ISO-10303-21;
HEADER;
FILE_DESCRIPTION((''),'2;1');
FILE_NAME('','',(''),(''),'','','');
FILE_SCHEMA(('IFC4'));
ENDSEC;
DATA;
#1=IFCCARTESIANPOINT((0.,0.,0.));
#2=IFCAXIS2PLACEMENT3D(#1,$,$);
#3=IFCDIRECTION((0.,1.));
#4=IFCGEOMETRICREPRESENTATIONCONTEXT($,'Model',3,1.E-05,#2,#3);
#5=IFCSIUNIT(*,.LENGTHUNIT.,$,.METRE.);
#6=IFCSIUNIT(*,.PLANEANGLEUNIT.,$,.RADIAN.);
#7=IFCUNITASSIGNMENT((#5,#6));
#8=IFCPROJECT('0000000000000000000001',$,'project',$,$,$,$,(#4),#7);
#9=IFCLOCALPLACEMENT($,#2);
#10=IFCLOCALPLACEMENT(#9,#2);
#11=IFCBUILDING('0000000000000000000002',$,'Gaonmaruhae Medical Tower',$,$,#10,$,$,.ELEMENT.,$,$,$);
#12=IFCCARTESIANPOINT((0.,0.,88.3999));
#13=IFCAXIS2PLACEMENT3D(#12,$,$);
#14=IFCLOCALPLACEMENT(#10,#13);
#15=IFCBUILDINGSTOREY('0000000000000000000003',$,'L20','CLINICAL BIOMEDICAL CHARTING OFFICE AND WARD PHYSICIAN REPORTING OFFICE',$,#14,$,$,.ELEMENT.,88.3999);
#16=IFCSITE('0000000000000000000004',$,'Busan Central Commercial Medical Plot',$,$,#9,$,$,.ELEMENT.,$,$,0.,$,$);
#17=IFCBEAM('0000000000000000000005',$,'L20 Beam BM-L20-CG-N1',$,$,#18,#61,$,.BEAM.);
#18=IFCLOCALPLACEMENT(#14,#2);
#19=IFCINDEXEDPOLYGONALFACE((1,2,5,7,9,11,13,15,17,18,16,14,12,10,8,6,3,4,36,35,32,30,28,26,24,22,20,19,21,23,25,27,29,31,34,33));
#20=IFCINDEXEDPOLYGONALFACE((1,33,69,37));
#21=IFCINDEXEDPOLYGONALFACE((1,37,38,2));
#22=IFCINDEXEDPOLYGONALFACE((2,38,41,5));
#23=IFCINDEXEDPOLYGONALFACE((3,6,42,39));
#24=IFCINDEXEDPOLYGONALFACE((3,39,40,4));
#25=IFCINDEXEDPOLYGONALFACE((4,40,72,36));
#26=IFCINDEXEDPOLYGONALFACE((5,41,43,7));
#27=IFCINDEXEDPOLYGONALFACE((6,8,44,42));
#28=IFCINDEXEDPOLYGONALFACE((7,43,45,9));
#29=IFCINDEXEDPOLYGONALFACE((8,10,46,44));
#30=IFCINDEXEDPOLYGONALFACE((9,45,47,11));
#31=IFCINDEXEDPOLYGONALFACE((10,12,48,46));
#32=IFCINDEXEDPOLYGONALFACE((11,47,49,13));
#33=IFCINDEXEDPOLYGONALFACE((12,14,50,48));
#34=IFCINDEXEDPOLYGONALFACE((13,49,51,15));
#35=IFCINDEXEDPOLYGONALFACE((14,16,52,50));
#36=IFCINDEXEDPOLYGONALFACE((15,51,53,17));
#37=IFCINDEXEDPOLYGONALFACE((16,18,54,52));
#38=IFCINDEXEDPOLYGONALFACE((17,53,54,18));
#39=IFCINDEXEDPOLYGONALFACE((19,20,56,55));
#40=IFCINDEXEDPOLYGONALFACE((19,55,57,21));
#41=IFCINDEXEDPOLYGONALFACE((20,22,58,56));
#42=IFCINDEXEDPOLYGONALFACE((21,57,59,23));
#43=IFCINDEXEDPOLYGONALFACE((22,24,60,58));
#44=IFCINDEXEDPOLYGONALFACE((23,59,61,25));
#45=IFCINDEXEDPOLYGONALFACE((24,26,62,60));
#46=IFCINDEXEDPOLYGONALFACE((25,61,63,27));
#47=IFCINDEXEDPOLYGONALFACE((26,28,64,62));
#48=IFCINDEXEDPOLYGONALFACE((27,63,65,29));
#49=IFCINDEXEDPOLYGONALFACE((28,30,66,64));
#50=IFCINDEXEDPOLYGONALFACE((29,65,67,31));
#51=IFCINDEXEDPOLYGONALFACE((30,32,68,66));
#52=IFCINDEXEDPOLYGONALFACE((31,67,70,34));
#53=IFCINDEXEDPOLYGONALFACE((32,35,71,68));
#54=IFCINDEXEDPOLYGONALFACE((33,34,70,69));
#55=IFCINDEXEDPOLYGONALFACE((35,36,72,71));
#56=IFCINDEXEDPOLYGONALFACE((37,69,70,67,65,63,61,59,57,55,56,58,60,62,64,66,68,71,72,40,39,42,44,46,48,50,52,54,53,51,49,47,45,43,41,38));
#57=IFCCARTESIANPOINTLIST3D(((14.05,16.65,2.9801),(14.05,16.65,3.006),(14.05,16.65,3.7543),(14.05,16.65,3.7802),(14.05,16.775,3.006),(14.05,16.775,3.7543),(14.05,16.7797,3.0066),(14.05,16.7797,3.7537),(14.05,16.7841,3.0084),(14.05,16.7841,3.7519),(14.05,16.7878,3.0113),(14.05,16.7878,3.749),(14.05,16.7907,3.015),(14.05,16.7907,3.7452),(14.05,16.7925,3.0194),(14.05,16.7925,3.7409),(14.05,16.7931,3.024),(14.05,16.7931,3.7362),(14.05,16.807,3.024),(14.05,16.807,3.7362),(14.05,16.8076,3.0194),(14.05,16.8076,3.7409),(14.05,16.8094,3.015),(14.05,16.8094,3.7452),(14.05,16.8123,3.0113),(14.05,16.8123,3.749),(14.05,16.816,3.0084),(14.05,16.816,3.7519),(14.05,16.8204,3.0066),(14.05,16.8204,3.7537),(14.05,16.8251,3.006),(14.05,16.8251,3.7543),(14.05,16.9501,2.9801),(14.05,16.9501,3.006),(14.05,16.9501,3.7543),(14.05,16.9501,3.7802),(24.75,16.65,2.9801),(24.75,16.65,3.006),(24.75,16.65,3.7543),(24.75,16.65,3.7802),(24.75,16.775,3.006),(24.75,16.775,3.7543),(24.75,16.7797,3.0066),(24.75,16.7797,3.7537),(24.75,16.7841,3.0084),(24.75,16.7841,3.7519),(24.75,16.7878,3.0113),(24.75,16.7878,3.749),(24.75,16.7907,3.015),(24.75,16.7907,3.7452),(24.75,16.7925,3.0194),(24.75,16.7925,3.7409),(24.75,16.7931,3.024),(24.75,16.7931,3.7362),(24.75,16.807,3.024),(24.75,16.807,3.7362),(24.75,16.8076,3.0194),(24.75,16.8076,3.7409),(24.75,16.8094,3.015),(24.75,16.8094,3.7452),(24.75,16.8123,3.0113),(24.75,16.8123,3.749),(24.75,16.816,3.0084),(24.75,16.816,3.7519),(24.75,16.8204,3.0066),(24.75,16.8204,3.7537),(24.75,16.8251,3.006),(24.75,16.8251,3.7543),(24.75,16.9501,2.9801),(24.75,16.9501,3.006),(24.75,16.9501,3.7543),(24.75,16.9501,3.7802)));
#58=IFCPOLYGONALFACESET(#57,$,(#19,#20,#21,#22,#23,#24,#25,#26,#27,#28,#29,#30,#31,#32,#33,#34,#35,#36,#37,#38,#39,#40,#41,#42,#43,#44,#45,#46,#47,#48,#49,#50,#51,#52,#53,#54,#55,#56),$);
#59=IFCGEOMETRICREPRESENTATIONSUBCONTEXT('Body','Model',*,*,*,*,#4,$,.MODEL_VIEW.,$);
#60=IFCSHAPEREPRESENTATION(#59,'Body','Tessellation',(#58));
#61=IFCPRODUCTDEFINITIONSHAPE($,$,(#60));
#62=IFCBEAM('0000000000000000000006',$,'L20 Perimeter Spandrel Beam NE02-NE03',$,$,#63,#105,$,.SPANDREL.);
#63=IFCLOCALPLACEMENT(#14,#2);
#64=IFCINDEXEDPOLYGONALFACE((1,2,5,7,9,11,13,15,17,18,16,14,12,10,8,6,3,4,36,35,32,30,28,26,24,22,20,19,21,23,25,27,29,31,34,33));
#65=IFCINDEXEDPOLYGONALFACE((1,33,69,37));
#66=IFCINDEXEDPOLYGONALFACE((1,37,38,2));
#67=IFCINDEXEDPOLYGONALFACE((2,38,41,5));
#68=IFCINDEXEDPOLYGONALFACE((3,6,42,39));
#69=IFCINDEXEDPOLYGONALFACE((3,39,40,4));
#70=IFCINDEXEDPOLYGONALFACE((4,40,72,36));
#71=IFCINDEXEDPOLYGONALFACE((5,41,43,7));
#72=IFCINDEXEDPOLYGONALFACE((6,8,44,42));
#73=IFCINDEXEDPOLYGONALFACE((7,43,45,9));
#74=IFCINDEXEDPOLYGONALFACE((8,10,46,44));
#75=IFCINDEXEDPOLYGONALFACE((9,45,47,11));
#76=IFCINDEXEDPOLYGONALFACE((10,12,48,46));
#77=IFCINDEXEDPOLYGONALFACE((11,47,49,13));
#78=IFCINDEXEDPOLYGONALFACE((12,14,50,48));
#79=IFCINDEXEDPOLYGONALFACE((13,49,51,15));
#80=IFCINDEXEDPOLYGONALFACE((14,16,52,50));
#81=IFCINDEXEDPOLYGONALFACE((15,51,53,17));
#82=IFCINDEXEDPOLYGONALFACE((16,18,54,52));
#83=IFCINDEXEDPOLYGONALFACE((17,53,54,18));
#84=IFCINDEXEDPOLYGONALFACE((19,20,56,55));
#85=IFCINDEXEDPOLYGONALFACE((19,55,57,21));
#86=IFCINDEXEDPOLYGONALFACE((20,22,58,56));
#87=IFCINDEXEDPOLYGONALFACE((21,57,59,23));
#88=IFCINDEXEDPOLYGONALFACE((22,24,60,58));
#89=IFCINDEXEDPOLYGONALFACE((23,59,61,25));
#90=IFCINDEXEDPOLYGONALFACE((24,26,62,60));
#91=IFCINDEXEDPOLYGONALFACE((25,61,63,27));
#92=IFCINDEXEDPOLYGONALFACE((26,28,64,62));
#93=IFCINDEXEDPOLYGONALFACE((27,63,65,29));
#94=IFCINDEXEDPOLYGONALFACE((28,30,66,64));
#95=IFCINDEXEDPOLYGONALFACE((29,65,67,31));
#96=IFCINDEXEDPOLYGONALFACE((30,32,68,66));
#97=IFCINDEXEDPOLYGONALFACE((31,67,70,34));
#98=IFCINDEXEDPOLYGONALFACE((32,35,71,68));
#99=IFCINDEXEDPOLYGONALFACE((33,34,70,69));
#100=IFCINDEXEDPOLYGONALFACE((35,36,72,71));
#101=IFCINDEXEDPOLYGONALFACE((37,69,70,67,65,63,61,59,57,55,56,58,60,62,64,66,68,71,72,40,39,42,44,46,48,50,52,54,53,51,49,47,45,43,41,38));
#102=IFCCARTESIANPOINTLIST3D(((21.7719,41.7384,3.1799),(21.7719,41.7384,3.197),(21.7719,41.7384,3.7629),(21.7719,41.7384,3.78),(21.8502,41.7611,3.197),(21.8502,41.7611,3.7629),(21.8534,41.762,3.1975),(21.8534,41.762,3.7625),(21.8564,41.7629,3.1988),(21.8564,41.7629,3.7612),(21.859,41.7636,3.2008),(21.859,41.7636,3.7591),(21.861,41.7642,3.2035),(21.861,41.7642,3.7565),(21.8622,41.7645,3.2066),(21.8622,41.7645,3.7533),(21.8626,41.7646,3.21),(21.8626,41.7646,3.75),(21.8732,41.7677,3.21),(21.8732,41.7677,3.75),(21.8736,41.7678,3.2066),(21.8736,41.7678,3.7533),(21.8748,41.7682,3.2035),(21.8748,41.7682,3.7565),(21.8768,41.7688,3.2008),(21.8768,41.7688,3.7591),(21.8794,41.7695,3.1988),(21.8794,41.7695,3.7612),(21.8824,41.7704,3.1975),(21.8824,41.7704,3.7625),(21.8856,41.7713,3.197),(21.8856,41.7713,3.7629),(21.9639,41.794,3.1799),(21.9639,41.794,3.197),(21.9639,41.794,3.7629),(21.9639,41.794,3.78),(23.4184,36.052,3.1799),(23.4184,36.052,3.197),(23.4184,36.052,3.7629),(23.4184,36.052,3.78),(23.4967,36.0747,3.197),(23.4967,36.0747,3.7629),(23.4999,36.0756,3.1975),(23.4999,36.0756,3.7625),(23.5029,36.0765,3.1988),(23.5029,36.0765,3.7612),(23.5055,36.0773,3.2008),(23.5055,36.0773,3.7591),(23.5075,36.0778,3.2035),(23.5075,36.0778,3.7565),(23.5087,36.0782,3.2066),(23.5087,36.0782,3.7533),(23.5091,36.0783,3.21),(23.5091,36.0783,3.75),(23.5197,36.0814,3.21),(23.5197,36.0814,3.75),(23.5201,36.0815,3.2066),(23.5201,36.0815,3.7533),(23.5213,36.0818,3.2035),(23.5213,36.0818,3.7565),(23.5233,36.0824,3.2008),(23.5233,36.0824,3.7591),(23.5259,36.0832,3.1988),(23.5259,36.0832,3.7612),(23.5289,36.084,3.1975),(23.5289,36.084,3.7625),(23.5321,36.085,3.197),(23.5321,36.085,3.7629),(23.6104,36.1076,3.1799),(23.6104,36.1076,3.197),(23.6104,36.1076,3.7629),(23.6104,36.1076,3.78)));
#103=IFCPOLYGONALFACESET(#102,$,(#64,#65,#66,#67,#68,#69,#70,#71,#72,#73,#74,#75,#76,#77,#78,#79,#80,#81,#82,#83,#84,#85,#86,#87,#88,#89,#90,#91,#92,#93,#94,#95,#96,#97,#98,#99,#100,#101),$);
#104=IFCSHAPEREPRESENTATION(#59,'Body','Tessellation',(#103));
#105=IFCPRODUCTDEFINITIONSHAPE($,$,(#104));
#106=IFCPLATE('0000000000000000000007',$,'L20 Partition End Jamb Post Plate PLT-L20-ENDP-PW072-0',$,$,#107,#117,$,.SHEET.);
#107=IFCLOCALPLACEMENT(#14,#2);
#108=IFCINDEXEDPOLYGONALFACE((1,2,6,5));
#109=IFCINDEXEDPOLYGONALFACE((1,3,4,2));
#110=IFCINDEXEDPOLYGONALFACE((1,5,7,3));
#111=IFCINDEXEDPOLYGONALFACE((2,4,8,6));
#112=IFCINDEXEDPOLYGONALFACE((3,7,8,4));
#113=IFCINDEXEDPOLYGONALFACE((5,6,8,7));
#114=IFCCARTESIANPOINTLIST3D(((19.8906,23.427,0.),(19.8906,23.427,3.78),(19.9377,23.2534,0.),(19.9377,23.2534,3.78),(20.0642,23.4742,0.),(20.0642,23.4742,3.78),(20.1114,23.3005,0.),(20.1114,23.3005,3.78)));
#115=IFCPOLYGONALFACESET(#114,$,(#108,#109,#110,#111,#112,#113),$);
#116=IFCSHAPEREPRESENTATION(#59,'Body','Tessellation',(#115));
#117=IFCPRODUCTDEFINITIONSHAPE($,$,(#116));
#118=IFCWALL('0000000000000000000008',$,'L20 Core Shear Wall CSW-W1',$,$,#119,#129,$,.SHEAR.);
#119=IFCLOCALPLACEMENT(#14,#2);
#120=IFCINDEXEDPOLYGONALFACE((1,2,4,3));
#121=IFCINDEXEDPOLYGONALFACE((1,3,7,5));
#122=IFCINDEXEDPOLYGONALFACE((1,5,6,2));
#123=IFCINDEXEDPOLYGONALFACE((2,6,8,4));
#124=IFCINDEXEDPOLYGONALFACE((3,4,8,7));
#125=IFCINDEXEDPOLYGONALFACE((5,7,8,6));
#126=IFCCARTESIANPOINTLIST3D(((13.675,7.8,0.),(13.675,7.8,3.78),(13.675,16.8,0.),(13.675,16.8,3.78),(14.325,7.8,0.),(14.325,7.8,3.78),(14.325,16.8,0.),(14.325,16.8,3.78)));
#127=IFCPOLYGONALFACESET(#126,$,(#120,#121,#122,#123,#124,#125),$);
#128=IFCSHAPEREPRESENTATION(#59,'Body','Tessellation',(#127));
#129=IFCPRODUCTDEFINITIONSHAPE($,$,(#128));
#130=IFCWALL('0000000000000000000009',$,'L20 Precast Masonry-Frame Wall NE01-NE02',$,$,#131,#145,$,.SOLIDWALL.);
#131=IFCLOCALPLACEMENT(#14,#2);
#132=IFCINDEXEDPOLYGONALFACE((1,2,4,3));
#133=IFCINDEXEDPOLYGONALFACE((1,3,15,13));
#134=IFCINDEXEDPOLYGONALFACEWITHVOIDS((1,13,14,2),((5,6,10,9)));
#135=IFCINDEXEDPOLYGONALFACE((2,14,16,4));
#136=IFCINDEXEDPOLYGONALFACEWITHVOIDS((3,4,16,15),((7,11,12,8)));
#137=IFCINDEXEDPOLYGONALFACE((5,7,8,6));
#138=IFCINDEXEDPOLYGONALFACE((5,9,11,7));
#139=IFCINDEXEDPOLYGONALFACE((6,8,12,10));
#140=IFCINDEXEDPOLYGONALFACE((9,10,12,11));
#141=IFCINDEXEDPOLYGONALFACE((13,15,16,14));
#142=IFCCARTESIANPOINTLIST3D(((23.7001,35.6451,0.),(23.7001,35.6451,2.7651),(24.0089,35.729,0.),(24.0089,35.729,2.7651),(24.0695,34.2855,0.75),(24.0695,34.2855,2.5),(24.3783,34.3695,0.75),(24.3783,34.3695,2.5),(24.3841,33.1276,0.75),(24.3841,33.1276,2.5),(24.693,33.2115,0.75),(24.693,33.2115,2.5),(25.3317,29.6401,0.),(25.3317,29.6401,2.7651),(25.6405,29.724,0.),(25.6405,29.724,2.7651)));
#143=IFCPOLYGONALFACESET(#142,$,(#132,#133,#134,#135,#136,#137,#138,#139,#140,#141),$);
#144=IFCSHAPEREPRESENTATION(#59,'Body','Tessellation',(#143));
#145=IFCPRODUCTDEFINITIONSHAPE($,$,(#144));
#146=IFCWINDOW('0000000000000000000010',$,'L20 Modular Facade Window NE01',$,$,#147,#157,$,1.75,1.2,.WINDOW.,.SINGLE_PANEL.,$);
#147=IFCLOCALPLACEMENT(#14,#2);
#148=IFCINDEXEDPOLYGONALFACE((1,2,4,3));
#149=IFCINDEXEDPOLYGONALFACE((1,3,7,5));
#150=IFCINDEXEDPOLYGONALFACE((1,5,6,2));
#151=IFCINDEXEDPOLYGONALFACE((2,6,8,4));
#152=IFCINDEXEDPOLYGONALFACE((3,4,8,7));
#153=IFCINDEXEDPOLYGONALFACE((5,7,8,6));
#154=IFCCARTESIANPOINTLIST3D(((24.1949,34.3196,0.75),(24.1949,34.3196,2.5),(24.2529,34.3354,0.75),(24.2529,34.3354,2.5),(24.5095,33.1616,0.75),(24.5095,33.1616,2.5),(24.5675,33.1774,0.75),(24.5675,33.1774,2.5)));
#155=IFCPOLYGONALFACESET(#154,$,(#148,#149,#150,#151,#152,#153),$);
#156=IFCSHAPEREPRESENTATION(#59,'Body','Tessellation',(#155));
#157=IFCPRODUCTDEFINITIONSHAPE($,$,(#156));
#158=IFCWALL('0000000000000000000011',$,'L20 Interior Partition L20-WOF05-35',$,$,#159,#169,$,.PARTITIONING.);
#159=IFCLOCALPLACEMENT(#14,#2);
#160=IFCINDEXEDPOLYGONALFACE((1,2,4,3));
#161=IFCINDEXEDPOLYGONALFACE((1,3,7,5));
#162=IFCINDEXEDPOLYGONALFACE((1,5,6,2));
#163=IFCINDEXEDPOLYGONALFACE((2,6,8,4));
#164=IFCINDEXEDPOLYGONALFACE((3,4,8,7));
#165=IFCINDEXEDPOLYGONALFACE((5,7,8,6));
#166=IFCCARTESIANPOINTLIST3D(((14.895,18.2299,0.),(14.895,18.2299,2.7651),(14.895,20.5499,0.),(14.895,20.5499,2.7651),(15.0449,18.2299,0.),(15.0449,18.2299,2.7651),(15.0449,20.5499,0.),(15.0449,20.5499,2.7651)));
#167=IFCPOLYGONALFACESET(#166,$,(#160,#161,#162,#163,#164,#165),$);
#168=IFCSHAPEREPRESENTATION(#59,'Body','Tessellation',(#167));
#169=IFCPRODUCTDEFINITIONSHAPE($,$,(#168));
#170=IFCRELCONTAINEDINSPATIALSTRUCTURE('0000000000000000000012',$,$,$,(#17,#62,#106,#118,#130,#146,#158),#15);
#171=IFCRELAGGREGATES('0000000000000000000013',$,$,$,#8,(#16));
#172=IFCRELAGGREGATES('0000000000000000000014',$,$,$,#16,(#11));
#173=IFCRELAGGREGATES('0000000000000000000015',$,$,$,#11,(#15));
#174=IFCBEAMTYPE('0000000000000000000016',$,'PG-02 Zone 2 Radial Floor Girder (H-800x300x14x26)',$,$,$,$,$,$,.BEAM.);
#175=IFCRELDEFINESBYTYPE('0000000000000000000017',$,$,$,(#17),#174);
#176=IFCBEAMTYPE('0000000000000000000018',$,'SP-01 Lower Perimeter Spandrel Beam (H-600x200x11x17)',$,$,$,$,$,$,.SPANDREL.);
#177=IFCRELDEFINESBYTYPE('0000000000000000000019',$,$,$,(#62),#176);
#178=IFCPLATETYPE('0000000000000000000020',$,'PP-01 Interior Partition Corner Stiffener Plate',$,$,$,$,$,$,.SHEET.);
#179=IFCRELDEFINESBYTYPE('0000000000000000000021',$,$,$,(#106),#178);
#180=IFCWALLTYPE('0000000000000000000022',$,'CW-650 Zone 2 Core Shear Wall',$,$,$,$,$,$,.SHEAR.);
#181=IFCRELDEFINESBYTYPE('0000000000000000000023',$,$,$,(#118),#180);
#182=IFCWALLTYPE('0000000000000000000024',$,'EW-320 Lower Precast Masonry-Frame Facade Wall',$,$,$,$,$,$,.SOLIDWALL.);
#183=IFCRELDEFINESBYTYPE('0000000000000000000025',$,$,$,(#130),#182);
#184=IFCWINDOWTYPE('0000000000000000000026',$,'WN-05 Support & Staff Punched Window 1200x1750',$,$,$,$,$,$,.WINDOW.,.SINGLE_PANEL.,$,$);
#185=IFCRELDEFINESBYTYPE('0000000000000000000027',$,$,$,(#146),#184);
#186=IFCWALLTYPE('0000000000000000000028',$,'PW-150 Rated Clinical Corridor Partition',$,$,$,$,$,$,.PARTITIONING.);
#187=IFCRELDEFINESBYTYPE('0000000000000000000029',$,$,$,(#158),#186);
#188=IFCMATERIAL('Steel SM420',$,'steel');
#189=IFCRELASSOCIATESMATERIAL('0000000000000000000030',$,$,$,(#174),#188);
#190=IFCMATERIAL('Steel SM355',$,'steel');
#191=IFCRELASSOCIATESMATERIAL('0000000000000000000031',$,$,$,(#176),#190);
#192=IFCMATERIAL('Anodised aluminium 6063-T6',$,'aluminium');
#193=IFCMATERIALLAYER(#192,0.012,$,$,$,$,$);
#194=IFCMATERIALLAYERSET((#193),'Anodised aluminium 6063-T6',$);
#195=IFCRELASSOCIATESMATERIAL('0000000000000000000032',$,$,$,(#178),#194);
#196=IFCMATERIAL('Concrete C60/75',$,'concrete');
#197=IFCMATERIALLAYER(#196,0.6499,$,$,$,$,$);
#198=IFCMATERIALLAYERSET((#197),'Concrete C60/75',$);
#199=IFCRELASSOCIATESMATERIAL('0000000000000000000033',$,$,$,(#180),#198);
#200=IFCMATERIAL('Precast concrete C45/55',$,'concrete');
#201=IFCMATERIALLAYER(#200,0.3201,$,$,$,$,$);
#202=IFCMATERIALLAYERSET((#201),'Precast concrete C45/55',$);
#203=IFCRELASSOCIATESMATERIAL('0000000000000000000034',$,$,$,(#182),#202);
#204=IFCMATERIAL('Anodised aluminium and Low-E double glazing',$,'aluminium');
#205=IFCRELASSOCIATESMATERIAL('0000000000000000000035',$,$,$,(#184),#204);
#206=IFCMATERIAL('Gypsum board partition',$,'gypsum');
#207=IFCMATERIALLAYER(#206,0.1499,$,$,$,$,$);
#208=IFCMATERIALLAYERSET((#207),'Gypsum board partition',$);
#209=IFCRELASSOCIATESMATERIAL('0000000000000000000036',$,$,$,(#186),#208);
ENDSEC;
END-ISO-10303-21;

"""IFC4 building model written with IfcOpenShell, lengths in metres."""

from ifc_helpers import new_model, si_unit, direction, frame, frame_2d, origin, origin_2d, place, context, subcontext, project, spatial, rectangle, i_section, extrude, material, layer, layer_set, material_profile, profile_set, type_object, element, fill, save


model = new_model("IFC4")

# Units and contexts
model_context = context("Model", 3, precision=1e-05, world=origin(), true_north=direction((0.0, 1.0)))
body_context = subcontext(model_context, "Body", "Model", "MODEL_VIEW")
ifc_project = project(units=[si_unit("LENGTHUNIT", "METRE"), si_unit("PLANEANGLEUNIT", "RADIAN")], contexts=[model_context])

# Site, building, storey
site_placement = place(None, origin())
site = spatial("IfcSite", under=ifc_project, at=site_placement, Name="Busan Central Commercial Medical Plot", CompositionType="ELEMENT", RefElevation=0.0)
building_placement = place(site_placement, origin())
building = spatial("IfcBuilding", under=site, at=building_placement, Name="Gaonmaruhae Medical Tower", CompositionType="ELEMENT")
storey_placement = place(building_placement, frame((0.0, 0.0, 88.3999)))
storey = spatial("IfcBuildingStorey", under=building, at=storey_placement, Name="L20", Description="CLINICAL BIOMEDICAL CHARTING OFFICE AND WARD PHYSICIAN REPORTING OFFICE", CompositionType="ELEMENT", Elevation=88.3999)

# Shared definitions
ifc_material_1 = material(Name="Concrete C60/75", Category="concrete")

# Beams
ifc_material_2 = material(Name="Steel SM420", Category="steel")
ifc_material_3 = material(Name="Steel SM355", Category="steel")
ifc_material_profile_1 = material_profile(ifc_material_2, i_section(OverallWidth=0.3, OverallDepth=0.8, WebThickness=0.0139, FlangeThickness=0.0259, FilletRadius=0.0181, at=origin_2d()), Name="H-800x300x14x26")
ifc_profile_set_1 = profile_set([ifc_material_profile_1], Name="Steel SM420")
beam_type_1 = type_object("IfcBeamType", Name="PG-02 Zone 2 Radial Floor Girder (H-800x300x14x26)", PredefinedType="BEAM", material=ifc_profile_set_1)
beam_1_placement = place(storey_placement, frame((14.05, 16.8, 3.3801), z_axis=(1.0, 0.0, 0.0), x_axis=(0.0, 1.0, 0.0)))
element("IfcBeam", 1, at=beam_1_placement, inside=storey, type_object=beam_type_1, Name="L20 Beam BM-L20-CG-N1", PredefinedType="BEAM", context=body_context, shape_type="SweptSolid", body=[
    extrude(i_section(OverallWidth=0.3, OverallDepth=0.8, WebThickness=0.0139, FlangeThickness=0.0259, FilletRadius=0.0181, at=origin_2d()), origin(), (0.0, 0.0, 1.0), 10.7),
])
ifc_material_profile_2 = material_profile(ifc_material_3, i_section(OverallWidth=0.2, OverallDepth=0.6001, WebThickness=0.011, FlangeThickness=0.0171, FilletRadius=0.0129, at=origin_2d()), Name="H-600x200x11x17")
ifc_profile_set_2 = profile_set([ifc_material_profile_2], Name="Steel SM355")
beam_type_2 = type_object("IfcBeamType", Name="SP-01 Lower Perimeter Spandrel Beam (H-600x200x11x17)", PredefinedType="SPANDREL", material=ifc_profile_set_2)
beam_2_placement = place(storey_placement, frame((23.5144, 36.0798, 3.48), z_axis=(-0.278129, 0.960544, 0.0), x_axis=(-0.960544, -0.278129, 0.0)))
element("IfcBeam", 2, at=beam_2_placement, inside=storey, type_object=beam_type_2, Name="L20 Perimeter Spandrel Beam NE02-NE03", PredefinedType="SPANDREL", context=body_context, shape_type="SweptSolid", body=[
    extrude(i_section(OverallWidth=0.2, OverallDepth=0.6001, WebThickness=0.011, FlangeThickness=0.0171, FilletRadius=0.0129, at=origin_2d()), origin(), (0.0, 0.0, 1.0), 5.9199),
])

# Plate
ifc_material_4 = material(Name="Anodised aluminium 6063-T6", Category="aluminium")
ifc_layer_1 = layer(ifc_material_4, 0.012)
ifc_layer_set_1 = layer_set([ifc_layer_1], Name="Anodised aluminium 6063-T6")
plate_type = type_object("IfcPlateType", Name="PP-01 Interior Partition Corner Stiffener Plate", PredefinedType="SHEET", material=ifc_layer_set_1)
plate_placement = place(storey_placement, frame((20.001, 23.3638, 0.0), z_axis=(0.0, 0.0, 1.0), x_axis=(-0.262223, 0.965007, 0.0)))
element("IfcPlate", 3, at=plate_placement, inside=storey, type_object=plate_type, Name="L20 Partition End Jamb Post Plate PLT-L20-ENDP-PW072-0", PredefinedType="SHEET", context=body_context, shape_type="SweptSolid", body=[
    extrude(rectangle(XDim=0.1799, YDim=0.1799, at=origin_2d()), origin(), (0.0, 0.0, 1.0), 3.78),
])

# Wall
ifc_layer_2 = layer(ifc_material_1, 0.6499)
ifc_layer_set_2 = layer_set([ifc_layer_2], Name="Concrete C60/75")
wall_type_1 = type_object("IfcWallType", Name="CW-650 Zone 2 Core Shear Wall", PredefinedType="SHEAR", material=ifc_layer_set_2)
wall_1_placement = place(storey_placement, frame((14.0, 16.8, 0.0), z_axis=(0.0, 0.0, 1.0), x_axis=(0.0, -1.0, 0.0)))
element("IfcWall", 4, at=wall_1_placement, inside=storey, type_object=wall_type_1, Name="L20 Core Shear Wall CSW-W1", PredefinedType="SHEAR", context=body_context, shape_type="SweptSolid", body=[
    extrude(rectangle(XDim=9.0, YDim=0.6499, at=frame_2d((4.5, 0.0))), origin(), (0.0, 0.0, 1.0), 3.78),
])

# Wall, opening, window
ifc_material_5 = material(Name="Precast concrete C45/55", Category="concrete")
ifc_layer_3 = layer(ifc_material_5, 0.3201)
ifc_layer_set_3 = layer_set([ifc_layer_3], Name="Precast concrete C45/55")
wall_type_2 = type_object("IfcWallType", Name="EW-320 Lower Precast Masonry-Frame Facade Wall", PredefinedType="SOLIDWALL", material=ifc_layer_set_3)
wall_2_placement = place(storey_placement, frame((23.8545, 35.687, 0.0), z_axis=(0.0, 0.0, 1.0), x_axis=(0.262204, -0.965012, 0.0)))
wall_2 = element("IfcWall", 5, at=wall_2_placement, inside=storey, type_object=wall_type_2, Name="L20 Precast Masonry-Frame Wall NE01-NE02", PredefinedType="SOLIDWALL", context=body_context, shape_type="SweptSolid", body=[
    extrude(rectangle(XDim=6.2227, YDim=0.3201, at=frame_2d((3.1113, 0.0))), origin(), (0.0, 0.0, 1.0), 2.7651),
])
opening_1_placement = place(wall_2_placement, frame((1.4087, 0.0, 0.75)))
opening_1 = element("IfcOpeningElement", 6, at=opening_1_placement, cuts=wall_2, PredefinedType="OPENING", context=body_context, shape_type="SweptSolid", body=[
    extrude(rectangle(XDim=1.2, YDim=1.75, at=frame_2d((0.6001, 0.875))), frame((0.0, 0.1699, 0.0), z_axis=(0.0, -1.0, 0.0), x_axis=(1.0, 0.0, 0.0)), (0.0, 0.0, 1.0), 0.3401),
])
ifc_material_6 = material(Name="Anodised aluminium and Low-E double glazing", Category="aluminium")
window_type = type_object("IfcWindowType", Name="WN-05 Support & Staff Punched Window 1200x1750", PartitioningType="SINGLE_PANEL", PredefinedType="WINDOW", material=ifc_material_6)
window_placement = place(opening_1_placement, origin())
window = element("IfcWindow", 7, at=window_placement, inside=storey, type_object=window_type, Name="L20 Modular Facade Window NE01", OverallHeight=1.75, OverallWidth=1.2, PartitioningType="SINGLE_PANEL", PredefinedType="WINDOW", context=body_context, shape_type="SweptSolid", body=[
    extrude(rectangle(XDim=1.2, YDim=1.75, at=frame_2d((0.6001, 0.875))), frame((0.0, 0.03, 0.0), z_axis=(0.0, -1.0, 0.0), x_axis=(1.0, 0.0, 0.0)), (0.0, 0.0, 1.0), 0.0601),
])
fill(opening_1, window)

# Wall
ifc_material_7 = material(Name="Gypsum board partition", Category="gypsum")
ifc_layer_4 = layer(ifc_material_7, 0.1499)
ifc_layer_set_4 = layer_set([ifc_layer_4], Name="Gypsum board partition")
wall_type_3 = type_object("IfcWallType", Name="PW-150 Rated Clinical Corridor Partition", PredefinedType="PARTITIONING", material=ifc_layer_set_4)
wall_3_placement = place(storey_placement, frame((14.97, 20.55, 0.0), z_axis=(0.0, 0.0, 1.0), x_axis=(0.0, -1.0, 0.0)))
element("IfcWall", 8, at=wall_3_placement, inside=storey, type_object=wall_type_3, Name="L20 Interior Partition L20-WOF05-35", PredefinedType="PARTITIONING", context=body_context, shape_type="SweptSolid", body=[
    extrude(rectangle(XDim=2.3201, YDim=0.1499, at=frame_2d((1.1602, 0.0))), origin(), (0.0, 0.0, 1.0), 2.7651),
])

save(model, "model.ifc")
